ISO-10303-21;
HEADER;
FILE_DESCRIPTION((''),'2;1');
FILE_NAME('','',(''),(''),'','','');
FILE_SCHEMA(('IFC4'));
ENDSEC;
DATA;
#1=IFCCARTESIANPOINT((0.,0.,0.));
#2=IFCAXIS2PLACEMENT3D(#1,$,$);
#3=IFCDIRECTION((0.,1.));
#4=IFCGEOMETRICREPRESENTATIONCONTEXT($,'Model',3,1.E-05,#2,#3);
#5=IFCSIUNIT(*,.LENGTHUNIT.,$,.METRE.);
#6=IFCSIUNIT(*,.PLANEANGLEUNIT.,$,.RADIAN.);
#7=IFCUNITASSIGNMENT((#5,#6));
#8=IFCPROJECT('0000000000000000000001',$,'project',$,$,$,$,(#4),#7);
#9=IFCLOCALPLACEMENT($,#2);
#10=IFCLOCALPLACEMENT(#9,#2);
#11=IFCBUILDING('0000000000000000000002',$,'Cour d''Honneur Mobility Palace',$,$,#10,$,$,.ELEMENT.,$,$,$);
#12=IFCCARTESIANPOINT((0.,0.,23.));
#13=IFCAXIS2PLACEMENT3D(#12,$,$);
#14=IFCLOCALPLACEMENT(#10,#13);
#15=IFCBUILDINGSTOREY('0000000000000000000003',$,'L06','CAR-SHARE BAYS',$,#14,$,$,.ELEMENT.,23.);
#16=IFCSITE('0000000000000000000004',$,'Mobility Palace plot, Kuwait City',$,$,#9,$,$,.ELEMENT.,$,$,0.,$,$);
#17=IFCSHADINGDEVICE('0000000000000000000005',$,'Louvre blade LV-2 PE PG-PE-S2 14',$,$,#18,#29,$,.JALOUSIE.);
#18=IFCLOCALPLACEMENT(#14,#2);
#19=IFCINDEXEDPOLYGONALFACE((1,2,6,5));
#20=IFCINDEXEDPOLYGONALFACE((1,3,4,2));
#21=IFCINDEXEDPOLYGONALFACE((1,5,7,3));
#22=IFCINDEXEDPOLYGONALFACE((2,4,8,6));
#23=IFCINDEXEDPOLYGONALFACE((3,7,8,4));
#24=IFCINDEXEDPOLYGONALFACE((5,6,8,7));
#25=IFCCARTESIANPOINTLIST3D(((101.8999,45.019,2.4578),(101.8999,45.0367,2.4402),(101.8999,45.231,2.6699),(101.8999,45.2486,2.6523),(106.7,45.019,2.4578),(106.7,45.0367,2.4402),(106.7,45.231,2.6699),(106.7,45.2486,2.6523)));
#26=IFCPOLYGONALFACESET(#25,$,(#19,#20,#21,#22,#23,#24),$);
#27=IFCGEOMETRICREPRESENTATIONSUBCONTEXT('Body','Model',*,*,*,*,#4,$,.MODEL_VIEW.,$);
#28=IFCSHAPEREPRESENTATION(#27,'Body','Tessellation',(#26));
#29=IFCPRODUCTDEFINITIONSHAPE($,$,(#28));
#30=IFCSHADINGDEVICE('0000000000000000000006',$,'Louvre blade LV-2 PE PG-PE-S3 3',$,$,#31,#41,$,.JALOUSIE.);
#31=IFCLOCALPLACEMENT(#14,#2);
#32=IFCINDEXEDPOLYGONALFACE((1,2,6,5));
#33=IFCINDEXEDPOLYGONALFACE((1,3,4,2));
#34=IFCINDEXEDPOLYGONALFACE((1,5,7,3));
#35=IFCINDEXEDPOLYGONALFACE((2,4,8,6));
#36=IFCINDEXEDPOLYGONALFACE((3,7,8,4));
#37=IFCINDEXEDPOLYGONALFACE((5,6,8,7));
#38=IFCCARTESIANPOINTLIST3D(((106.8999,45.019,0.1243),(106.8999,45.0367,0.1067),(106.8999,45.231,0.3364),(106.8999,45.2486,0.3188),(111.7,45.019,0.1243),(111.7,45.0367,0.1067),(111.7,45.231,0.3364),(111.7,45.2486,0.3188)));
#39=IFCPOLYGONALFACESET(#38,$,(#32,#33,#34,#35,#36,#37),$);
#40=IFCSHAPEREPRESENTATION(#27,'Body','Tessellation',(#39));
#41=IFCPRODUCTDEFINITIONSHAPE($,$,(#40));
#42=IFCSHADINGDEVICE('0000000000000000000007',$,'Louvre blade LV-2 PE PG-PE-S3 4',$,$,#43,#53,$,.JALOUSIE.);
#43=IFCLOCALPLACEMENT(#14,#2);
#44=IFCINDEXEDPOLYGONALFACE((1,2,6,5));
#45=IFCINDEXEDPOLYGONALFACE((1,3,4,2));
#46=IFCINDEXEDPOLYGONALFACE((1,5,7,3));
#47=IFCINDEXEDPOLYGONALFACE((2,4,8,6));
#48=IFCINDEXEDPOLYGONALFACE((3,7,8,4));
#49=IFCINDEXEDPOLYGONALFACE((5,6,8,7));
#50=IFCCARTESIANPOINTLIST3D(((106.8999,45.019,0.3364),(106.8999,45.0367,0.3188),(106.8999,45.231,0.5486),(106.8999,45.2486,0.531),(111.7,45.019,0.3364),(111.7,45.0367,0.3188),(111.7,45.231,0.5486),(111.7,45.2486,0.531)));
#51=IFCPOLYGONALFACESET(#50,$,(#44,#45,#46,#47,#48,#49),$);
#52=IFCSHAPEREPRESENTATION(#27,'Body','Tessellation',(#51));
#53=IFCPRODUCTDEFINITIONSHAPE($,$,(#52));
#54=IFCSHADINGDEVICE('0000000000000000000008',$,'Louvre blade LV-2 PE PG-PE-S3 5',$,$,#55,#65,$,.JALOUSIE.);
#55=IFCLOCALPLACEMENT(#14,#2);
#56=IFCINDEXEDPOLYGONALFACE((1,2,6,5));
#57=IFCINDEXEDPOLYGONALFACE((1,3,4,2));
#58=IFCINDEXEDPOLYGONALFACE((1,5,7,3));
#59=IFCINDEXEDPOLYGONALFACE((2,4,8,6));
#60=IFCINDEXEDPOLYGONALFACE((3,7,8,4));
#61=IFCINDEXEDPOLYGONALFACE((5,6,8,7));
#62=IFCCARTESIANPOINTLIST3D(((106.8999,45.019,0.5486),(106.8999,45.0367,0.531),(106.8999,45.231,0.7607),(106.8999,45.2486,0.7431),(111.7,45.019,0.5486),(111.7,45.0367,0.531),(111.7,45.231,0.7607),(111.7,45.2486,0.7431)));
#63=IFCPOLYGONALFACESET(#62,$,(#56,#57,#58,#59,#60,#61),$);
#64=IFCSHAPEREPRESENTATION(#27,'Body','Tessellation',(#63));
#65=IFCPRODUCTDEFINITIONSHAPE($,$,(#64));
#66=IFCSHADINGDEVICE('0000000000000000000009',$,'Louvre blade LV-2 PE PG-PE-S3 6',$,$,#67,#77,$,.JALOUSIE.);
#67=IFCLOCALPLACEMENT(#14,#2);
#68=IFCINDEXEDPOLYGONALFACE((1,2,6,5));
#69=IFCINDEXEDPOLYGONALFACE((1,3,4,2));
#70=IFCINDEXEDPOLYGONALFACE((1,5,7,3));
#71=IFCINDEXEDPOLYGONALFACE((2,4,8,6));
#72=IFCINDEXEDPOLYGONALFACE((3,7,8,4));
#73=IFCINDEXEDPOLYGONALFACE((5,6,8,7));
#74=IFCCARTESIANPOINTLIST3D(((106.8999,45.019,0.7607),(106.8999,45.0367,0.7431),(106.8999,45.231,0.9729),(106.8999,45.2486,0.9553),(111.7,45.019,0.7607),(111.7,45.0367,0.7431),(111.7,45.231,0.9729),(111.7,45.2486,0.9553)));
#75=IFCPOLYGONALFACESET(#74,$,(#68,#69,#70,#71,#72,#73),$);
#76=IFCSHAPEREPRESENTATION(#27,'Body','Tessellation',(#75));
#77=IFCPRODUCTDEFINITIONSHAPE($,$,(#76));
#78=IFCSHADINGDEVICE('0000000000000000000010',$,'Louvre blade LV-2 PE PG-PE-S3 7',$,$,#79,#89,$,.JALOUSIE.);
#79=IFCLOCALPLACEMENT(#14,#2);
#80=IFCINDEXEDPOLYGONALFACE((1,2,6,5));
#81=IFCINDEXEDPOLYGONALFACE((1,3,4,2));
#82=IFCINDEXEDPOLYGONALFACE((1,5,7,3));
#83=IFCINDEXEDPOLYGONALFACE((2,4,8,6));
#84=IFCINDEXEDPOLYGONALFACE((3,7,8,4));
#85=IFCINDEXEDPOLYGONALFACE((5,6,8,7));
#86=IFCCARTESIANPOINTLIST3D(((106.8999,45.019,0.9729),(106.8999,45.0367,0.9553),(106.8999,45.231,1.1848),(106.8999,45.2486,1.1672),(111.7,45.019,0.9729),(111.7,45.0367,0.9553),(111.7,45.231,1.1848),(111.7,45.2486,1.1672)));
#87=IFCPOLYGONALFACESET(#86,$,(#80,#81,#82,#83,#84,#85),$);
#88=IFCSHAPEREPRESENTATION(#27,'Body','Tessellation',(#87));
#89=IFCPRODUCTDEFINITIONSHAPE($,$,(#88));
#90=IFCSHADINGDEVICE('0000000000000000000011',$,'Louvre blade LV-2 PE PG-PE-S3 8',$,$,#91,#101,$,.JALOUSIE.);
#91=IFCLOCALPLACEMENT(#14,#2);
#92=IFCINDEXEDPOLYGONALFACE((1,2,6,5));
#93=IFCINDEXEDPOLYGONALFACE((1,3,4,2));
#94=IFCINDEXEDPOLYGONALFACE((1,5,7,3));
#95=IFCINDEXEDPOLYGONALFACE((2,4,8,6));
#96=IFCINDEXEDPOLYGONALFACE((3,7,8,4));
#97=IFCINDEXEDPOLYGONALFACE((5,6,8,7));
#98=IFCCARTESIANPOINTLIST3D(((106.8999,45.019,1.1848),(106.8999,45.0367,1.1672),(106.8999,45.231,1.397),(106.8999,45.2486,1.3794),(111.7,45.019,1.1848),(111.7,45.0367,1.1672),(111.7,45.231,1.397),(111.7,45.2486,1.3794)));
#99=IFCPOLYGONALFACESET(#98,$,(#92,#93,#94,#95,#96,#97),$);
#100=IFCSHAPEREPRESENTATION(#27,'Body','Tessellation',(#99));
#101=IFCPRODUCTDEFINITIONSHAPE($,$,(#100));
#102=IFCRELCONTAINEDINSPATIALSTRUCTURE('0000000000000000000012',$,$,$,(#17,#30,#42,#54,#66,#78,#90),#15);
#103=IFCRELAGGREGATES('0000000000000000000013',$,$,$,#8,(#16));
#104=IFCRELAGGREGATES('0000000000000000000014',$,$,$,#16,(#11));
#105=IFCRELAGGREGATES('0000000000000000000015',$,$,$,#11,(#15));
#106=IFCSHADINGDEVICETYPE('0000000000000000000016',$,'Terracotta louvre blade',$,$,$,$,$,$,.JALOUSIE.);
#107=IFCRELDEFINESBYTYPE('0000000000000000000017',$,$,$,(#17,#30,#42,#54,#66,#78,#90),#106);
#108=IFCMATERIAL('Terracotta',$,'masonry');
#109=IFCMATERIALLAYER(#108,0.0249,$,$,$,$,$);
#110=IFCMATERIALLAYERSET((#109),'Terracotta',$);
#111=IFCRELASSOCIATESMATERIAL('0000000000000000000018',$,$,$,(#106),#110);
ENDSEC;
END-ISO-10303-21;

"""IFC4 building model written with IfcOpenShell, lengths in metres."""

from ifc_helpers import new_model, si_unit, direction, frame, origin, place, context, subcontext, project, spatial, polyline, outline, extrude, material, layer, layer_set, type_object, element, save


model = new_model("IFC4")

# Units and contexts
model_context = context("Model", 3, precision=1e-05, world=origin(), true_north=direction((0.0, 1.0)))
body_context = subcontext(model_context, "Body", "Model", "MODEL_VIEW")
ifc_project = project(units=[si_unit("LENGTHUNIT", "METRE"), si_unit("PLANEANGLEUNIT", "RADIAN")], contexts=[model_context])

# Site, building, storey
site_placement = place(None, origin())
site = spatial("IfcSite", under=ifc_project, at=site_placement, Name="Mobility Palace plot, Kuwait City", CompositionType="ELEMENT", RefElevation=0.0)
building_placement = place(site_placement, origin())
building = spatial("IfcBuilding", under=site, at=building_placement, Name="Cour d'Honneur Mobility Palace", CompositionType="ELEMENT")
storey_placement = place(building_placement, frame((0.0, 0.0, 23.0)))
storey = spatial("IfcBuildingStorey", under=building, at=storey_placement, Name="L06", Description="CAR-SHARE BAYS", CompositionType="ELEMENT", Elevation=23.0)

# Shading devices
ifc_material_1 = material(Name="Terracotta", Category="masonry")
ifc_layer = layer(ifc_material_1, 0.0249)
ifc_layer_set = layer_set([ifc_layer], Name="Terracotta")
shading_device_type = type_object("IfcShadingDeviceType", Name="Terracotta louvre blade", PredefinedType="JALOUSIE", material=ifc_layer_set)
for number, where, z_axis, x_axis, name in (
    (1, (101.8999, 45.019, 2.4578), (0.0, -0.707514, 0.7067), (1.0, 0.0, 0.0), "Louvre blade LV-2 PE PG-PE-S2 14"),
    (2, (106.8999, 45.019, 0.1243), (0.0, -0.707514, 0.7067), (1.0, 0.0, 0.0), "Louvre blade LV-2 PE PG-PE-S3 3"),
    (3, (106.8999, 45.019, 0.3364), (0.0, -0.707514, 0.7067), (1.0, 0.0, 0.0), "Louvre blade LV-2 PE PG-PE-S3 4"),
    (4, (106.8999, 45.019, 0.5486), (0.0, -0.707514, 0.7067), (1.0, 0.0, 0.0), "Louvre blade LV-2 PE PG-PE-S3 5"),
    (5, (106.8999, 45.019, 0.7607), (0.0, -0.707514, 0.7067), (1.0, 0.0, 0.0), "Louvre blade LV-2 PE PG-PE-S3 6"),
):
    element("IfcShadingDevice", number, at=place(storey_placement, frame(where, z_axis=z_axis, x_axis=x_axis)), inside=storey, type_object=shading_device_type, Name=name, PredefinedType="JALOUSIE", context=body_context, shape_type="SweptSolid", body=[
        extrude(outline(polyline([(0.0, 0.0), (4.8, 0.0), (4.8, 0.2999), (0.0, 0.2999), (0.0, 0.0)])), origin(), (0.0, 0.0, -1.0), 0.0249),
    ])
shading_device_1_placement = place(storey_placement, frame((106.8999, 45.019, 0.9729), z_axis=(0.0, -0.707107, 0.707107), x_axis=(1.0, 0.0, 0.0)))
element("IfcShadingDevice", 6, at=shading_device_1_placement, inside=storey, type_object=shading_device_type, Name="Louvre blade LV-2 PE PG-PE-S3 7", PredefinedType="JALOUSIE", context=body_context, shape_type="SweptSolid", body=[
    extrude(outline(polyline([(0.0, 0.0), (4.8, 0.0), (4.8, 0.2997), (0.0, 0.2997), (0.0, 0.0)])), origin(), (0.0, 0.0, -1.0), 0.0249),
])
shading_device_2_placement = place(storey_placement, frame((106.8999, 45.019, 1.1848), z_axis=(0.0, -0.707514, 0.7067), x_axis=(1.0, 0.0, 0.0)))
element("IfcShadingDevice", 7, at=shading_device_2_placement, inside=storey, type_object=shading_device_type, Name="Louvre blade LV-2 PE PG-PE-S3 8", PredefinedType="JALOUSIE", context=body_context, shape_type="SweptSolid", body=[
    extrude(outline(polyline([(0.0, 0.0), (4.8, 0.0), (4.8, 0.2999), (0.0, 0.2999), (0.0, 0.0)])), origin(), (0.0, 0.0, -1.0), 0.0249),
])

save(model, "model.ifc")
